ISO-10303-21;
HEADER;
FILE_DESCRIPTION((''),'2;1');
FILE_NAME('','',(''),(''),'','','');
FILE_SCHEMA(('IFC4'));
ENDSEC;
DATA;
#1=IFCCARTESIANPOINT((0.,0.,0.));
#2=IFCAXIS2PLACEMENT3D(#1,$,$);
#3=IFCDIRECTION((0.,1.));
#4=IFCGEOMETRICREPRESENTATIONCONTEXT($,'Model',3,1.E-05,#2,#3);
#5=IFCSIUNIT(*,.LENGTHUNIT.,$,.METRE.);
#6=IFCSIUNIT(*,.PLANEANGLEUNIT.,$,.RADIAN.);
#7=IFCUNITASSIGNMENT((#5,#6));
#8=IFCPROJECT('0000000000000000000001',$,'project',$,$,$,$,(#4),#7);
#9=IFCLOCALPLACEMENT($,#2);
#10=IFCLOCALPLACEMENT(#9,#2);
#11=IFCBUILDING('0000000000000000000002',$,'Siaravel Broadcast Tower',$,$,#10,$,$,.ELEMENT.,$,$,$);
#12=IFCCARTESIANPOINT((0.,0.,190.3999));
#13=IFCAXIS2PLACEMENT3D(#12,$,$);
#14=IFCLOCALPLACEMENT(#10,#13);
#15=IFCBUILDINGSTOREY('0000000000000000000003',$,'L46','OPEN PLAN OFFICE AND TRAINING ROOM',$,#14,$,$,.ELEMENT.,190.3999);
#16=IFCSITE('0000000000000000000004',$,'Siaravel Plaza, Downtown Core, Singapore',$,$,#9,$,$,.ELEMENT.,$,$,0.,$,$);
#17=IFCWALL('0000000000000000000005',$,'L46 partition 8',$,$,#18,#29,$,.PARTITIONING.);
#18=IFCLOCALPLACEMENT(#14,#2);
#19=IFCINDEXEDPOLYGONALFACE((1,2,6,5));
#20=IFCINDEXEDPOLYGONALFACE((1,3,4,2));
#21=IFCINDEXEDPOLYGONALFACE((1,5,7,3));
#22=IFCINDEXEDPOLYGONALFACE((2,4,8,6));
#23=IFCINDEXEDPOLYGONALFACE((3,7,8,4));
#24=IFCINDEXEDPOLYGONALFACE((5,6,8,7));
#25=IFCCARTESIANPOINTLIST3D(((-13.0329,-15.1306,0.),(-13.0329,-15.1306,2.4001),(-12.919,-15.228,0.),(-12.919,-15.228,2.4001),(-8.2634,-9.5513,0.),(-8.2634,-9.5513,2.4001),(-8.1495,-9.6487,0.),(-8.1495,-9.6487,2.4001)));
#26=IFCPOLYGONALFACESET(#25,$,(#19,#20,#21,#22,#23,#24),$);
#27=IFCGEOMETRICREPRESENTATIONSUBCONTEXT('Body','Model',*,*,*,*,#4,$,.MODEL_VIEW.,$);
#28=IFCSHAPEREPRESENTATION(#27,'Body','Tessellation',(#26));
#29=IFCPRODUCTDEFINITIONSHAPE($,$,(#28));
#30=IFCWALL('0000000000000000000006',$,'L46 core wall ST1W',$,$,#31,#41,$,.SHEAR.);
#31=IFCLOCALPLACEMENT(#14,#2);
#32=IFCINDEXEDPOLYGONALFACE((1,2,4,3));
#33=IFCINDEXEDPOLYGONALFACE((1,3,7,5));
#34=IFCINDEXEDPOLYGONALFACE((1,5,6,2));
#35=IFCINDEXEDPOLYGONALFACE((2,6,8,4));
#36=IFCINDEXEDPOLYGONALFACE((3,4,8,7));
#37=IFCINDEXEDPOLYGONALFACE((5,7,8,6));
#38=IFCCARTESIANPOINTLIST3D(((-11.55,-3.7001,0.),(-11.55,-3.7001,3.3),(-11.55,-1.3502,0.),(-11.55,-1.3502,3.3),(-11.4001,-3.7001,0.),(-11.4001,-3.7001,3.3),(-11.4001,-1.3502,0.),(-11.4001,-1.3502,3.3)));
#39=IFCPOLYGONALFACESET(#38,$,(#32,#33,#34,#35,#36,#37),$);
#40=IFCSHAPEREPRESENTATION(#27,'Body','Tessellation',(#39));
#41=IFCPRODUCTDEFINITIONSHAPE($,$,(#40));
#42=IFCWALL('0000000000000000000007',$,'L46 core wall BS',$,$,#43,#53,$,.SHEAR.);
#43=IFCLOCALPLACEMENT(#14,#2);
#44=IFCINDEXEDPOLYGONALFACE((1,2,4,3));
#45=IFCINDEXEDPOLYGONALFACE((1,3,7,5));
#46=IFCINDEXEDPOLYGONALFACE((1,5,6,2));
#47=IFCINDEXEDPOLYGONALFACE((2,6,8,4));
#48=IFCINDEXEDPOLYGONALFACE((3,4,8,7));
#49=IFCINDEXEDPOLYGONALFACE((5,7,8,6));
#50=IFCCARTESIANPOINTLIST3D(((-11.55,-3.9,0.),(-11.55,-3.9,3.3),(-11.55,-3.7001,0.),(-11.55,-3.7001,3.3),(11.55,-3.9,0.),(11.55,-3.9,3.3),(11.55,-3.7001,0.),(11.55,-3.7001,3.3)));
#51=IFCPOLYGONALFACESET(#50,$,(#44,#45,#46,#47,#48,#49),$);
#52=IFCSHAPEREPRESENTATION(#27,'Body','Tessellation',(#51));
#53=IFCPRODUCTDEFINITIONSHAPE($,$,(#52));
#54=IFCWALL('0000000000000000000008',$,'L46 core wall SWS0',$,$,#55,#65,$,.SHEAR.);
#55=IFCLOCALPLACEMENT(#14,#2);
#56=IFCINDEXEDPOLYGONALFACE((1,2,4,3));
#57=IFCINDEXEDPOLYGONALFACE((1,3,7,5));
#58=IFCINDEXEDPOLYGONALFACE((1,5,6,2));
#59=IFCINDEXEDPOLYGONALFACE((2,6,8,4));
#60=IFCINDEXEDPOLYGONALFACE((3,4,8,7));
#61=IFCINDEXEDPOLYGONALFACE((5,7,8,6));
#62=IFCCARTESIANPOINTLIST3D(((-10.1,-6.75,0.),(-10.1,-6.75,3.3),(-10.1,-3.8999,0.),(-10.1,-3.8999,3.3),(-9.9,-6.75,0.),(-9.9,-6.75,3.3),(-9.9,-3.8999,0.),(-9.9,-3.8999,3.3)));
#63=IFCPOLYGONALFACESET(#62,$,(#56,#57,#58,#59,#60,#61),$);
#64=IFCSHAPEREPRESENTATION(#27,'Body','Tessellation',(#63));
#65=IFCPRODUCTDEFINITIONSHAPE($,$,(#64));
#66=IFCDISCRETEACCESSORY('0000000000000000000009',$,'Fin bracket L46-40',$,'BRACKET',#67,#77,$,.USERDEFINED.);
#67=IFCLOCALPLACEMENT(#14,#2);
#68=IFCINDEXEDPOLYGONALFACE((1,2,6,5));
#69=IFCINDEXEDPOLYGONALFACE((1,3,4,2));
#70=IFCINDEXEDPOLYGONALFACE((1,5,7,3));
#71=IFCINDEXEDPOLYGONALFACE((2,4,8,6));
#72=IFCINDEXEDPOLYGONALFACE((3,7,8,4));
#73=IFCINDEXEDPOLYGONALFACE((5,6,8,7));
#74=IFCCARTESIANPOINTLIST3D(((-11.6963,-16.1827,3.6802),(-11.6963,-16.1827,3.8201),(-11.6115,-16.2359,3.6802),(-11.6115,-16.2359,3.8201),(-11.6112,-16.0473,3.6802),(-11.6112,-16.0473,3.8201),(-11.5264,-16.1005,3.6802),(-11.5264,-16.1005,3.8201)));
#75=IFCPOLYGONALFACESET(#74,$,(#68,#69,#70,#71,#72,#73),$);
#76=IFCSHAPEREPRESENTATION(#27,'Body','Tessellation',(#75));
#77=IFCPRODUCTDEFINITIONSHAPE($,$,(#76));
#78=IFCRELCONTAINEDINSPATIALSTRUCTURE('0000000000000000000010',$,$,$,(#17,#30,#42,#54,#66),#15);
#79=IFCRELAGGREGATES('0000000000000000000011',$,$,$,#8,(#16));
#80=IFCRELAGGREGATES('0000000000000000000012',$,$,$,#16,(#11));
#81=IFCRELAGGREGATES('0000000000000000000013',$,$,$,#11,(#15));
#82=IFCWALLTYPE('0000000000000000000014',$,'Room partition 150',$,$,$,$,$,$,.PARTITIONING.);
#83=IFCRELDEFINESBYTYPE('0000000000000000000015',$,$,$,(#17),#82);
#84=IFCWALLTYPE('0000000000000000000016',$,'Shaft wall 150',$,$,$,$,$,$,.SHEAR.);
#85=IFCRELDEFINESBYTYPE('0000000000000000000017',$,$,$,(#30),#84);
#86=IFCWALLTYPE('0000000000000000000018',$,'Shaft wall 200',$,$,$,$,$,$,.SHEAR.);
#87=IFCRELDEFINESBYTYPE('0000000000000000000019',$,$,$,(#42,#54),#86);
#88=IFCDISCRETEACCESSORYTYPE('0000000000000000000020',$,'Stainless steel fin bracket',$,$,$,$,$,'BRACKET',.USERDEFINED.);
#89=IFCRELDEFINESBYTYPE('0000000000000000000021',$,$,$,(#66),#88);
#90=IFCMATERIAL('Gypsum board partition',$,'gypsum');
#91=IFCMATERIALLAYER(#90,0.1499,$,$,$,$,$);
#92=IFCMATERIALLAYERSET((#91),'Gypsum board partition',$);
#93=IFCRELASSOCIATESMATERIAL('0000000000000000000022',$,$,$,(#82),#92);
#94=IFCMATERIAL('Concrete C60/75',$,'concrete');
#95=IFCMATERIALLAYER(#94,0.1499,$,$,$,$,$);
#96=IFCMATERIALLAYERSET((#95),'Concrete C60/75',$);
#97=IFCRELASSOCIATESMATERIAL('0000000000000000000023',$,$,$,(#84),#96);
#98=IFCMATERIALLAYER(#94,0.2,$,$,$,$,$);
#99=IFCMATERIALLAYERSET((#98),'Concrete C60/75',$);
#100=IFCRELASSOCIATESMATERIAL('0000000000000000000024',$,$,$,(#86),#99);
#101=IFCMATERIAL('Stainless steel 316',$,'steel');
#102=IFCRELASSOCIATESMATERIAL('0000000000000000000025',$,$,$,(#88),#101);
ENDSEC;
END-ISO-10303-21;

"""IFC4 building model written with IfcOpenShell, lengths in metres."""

from ifc_helpers import new_model, si_unit, direction, frame, frame_2d, origin, origin_2d, place, context, subcontext, project, spatial, rectangle, extrude, material, layer, layer_set, type_object, element, save


model = new_model("IFC4")

# Units and contexts
model_context = context("Model", 3, precision=1e-05, world=origin(), true_north=direction((0.0, 1.0)))
body_context = subcontext(model_context, "Body", "Model", "MODEL_VIEW")
ifc_project = project(units=[si_unit("LENGTHUNIT", "METRE"), si_unit("PLANEANGLEUNIT", "RADIAN")], contexts=[model_context])

# Site, building, storey
site_placement = place(None, origin())
site = spatial("IfcSite", under=ifc_project, at=site_placement, Name="Siaravel Plaza, Downtown Core, Singapore", CompositionType="ELEMENT", RefElevation=0.0)
building_placement = place(site_placement, origin())
building = spatial("IfcBuilding", under=site, at=building_placement, Name="Siaravel Broadcast Tower", CompositionType="ELEMENT")
storey_placement = place(building_placement, frame((0.0, 0.0, 190.3999)))
storey = spatial("IfcBuildingStorey", under=building, at=storey_placement, Name="L46", Description="OPEN PLAN OFFICE AND TRAINING ROOM", CompositionType="ELEMENT", Elevation=190.3999)

# Shared definitions
ifc_material_1 = material(Name="Concrete C60/75", Category="concrete")

# Shared definitions
ifc_material_2 = material(Name="Gypsum board partition", Category="gypsum")

# Walls
ifc_layer_1 = layer(ifc_material_2, 0.1499)
ifc_layer_set_1 = layer_set([ifc_layer_1], Name="Gypsum board partition")
wall_type_1 = type_object("IfcWallType", Name="Room partition 150", PredefinedType="PARTITIONING", material=ifc_layer_set_1)
wall_1_placement = place(storey_placement, frame((-8.2065, -9.6001, 0.0), z_axis=(0.0, 0.0, 1.0), x_axis=(-0.649788, -0.760115, 0.0)))
element("IfcWall", 1, at=wall_1_placement, inside=storey, type_object=wall_type_1, Name="L46 partition 8", PredefinedType="PARTITIONING", context=body_context, shape_type="SweptSolid", body=[
    extrude(rectangle(XDim=7.3401, YDim=0.1499, at=frame_2d((3.6699, 0.0))), origin(), (0.0, 0.0, 1.0), 2.4001),
])
ifc_layer_2 = layer(ifc_material_1, 0.1499)
ifc_layer_set_2 = layer_set([ifc_layer_2], Name="Concrete C60/75")
wall_type_2 = type_object("IfcWallType", Name="Shaft wall 150", PredefinedType="SHEAR", material=ifc_layer_set_2)
wall_2_placement = place(storey_placement, frame((-11.4751, -3.7, 0.0), z_axis=(0.0, 0.0, 1.0), x_axis=(0.0, 1.0, 0.0)))
element("IfcWall", 2, at=wall_2_placement, inside=storey, type_object=wall_type_2, Name="L46 core wall ST1W", PredefinedType="SHEAR", context=body_context, shape_type="SweptSolid", body=[
    extrude(rectangle(XDim=2.3499, YDim=0.1499, at=frame_2d((1.1748, 0.0))), origin(), (0.0, 0.0, 1.0), 3.3),
])
ifc_layer_3 = layer(ifc_material_1, 0.2)
ifc_layer_set_3 = layer_set([ifc_layer_3], Name="Concrete C60/75")
wall_type_3 = type_object("IfcWallType", Name="Shaft wall 200", PredefinedType="SHEAR", material=ifc_layer_set_3)
wall_3_placement = place(storey_placement, frame((-11.55, -3.8, 0.0), z_axis=(0.0, 0.0, 1.0), x_axis=(1.0, 0.0, 0.0)))
element("IfcWall", 3, at=wall_3_placement, inside=storey, type_object=wall_type_3, Name="L46 core wall BS", PredefinedType="SHEAR", context=body_context, shape_type="SweptSolid", body=[
    extrude(rectangle(XDim=23.1001, YDim=0.2, at=frame_2d((11.55, 0.0))), origin(), (0.0, 0.0, 1.0), 3.3),
])
wall_4_placement = place(storey_placement, frame((-10.0, -6.75, 0.0), z_axis=(0.0, 0.0, 1.0), x_axis=(0.0, 1.0, 0.0)))
element("IfcWall", 4, at=wall_4_placement, inside=storey, type_object=wall_type_3, Name="L46 core wall SWS0", PredefinedType="SHEAR", context=body_context, shape_type="SweptSolid", body=[
    extrude(rectangle(XDim=2.8501, YDim=0.2, at=frame_2d((1.425, 0.0))), origin(), (0.0, 0.0, 1.0), 3.3),
])

# Discrete accessory
ifc_material_3 = material(Name="Stainless steel 316", Category="steel")
discrete_accessory_type = type_object("IfcDiscreteAccessoryType", Name="Stainless steel fin bracket", ElementType="BRACKET", PredefinedType="USERDEFINED", material=ifc_material_3)
discrete_accessory_placement = place(storey_placement, frame((-11.6113, -16.1416, 3.6802), z_axis=(0.0, 0.0, 1.0), x_axis=(-0.532149, -0.84665, 0.0)))
element("IfcDiscreteAccessory", 5, at=discrete_accessory_placement, inside=storey, type_object=discrete_accessory_type, Name="Fin bracket L46-40", ObjectType="BRACKET", PredefinedType="USERDEFINED", context=body_context, shape_type="SweptSolid", body=[
    extrude(rectangle(XDim=0.1599, YDim=0.1001, at=origin_2d()), origin(), (0.0, 0.0, 1.0), 0.1399),
])

save(model, "model.ifc")
